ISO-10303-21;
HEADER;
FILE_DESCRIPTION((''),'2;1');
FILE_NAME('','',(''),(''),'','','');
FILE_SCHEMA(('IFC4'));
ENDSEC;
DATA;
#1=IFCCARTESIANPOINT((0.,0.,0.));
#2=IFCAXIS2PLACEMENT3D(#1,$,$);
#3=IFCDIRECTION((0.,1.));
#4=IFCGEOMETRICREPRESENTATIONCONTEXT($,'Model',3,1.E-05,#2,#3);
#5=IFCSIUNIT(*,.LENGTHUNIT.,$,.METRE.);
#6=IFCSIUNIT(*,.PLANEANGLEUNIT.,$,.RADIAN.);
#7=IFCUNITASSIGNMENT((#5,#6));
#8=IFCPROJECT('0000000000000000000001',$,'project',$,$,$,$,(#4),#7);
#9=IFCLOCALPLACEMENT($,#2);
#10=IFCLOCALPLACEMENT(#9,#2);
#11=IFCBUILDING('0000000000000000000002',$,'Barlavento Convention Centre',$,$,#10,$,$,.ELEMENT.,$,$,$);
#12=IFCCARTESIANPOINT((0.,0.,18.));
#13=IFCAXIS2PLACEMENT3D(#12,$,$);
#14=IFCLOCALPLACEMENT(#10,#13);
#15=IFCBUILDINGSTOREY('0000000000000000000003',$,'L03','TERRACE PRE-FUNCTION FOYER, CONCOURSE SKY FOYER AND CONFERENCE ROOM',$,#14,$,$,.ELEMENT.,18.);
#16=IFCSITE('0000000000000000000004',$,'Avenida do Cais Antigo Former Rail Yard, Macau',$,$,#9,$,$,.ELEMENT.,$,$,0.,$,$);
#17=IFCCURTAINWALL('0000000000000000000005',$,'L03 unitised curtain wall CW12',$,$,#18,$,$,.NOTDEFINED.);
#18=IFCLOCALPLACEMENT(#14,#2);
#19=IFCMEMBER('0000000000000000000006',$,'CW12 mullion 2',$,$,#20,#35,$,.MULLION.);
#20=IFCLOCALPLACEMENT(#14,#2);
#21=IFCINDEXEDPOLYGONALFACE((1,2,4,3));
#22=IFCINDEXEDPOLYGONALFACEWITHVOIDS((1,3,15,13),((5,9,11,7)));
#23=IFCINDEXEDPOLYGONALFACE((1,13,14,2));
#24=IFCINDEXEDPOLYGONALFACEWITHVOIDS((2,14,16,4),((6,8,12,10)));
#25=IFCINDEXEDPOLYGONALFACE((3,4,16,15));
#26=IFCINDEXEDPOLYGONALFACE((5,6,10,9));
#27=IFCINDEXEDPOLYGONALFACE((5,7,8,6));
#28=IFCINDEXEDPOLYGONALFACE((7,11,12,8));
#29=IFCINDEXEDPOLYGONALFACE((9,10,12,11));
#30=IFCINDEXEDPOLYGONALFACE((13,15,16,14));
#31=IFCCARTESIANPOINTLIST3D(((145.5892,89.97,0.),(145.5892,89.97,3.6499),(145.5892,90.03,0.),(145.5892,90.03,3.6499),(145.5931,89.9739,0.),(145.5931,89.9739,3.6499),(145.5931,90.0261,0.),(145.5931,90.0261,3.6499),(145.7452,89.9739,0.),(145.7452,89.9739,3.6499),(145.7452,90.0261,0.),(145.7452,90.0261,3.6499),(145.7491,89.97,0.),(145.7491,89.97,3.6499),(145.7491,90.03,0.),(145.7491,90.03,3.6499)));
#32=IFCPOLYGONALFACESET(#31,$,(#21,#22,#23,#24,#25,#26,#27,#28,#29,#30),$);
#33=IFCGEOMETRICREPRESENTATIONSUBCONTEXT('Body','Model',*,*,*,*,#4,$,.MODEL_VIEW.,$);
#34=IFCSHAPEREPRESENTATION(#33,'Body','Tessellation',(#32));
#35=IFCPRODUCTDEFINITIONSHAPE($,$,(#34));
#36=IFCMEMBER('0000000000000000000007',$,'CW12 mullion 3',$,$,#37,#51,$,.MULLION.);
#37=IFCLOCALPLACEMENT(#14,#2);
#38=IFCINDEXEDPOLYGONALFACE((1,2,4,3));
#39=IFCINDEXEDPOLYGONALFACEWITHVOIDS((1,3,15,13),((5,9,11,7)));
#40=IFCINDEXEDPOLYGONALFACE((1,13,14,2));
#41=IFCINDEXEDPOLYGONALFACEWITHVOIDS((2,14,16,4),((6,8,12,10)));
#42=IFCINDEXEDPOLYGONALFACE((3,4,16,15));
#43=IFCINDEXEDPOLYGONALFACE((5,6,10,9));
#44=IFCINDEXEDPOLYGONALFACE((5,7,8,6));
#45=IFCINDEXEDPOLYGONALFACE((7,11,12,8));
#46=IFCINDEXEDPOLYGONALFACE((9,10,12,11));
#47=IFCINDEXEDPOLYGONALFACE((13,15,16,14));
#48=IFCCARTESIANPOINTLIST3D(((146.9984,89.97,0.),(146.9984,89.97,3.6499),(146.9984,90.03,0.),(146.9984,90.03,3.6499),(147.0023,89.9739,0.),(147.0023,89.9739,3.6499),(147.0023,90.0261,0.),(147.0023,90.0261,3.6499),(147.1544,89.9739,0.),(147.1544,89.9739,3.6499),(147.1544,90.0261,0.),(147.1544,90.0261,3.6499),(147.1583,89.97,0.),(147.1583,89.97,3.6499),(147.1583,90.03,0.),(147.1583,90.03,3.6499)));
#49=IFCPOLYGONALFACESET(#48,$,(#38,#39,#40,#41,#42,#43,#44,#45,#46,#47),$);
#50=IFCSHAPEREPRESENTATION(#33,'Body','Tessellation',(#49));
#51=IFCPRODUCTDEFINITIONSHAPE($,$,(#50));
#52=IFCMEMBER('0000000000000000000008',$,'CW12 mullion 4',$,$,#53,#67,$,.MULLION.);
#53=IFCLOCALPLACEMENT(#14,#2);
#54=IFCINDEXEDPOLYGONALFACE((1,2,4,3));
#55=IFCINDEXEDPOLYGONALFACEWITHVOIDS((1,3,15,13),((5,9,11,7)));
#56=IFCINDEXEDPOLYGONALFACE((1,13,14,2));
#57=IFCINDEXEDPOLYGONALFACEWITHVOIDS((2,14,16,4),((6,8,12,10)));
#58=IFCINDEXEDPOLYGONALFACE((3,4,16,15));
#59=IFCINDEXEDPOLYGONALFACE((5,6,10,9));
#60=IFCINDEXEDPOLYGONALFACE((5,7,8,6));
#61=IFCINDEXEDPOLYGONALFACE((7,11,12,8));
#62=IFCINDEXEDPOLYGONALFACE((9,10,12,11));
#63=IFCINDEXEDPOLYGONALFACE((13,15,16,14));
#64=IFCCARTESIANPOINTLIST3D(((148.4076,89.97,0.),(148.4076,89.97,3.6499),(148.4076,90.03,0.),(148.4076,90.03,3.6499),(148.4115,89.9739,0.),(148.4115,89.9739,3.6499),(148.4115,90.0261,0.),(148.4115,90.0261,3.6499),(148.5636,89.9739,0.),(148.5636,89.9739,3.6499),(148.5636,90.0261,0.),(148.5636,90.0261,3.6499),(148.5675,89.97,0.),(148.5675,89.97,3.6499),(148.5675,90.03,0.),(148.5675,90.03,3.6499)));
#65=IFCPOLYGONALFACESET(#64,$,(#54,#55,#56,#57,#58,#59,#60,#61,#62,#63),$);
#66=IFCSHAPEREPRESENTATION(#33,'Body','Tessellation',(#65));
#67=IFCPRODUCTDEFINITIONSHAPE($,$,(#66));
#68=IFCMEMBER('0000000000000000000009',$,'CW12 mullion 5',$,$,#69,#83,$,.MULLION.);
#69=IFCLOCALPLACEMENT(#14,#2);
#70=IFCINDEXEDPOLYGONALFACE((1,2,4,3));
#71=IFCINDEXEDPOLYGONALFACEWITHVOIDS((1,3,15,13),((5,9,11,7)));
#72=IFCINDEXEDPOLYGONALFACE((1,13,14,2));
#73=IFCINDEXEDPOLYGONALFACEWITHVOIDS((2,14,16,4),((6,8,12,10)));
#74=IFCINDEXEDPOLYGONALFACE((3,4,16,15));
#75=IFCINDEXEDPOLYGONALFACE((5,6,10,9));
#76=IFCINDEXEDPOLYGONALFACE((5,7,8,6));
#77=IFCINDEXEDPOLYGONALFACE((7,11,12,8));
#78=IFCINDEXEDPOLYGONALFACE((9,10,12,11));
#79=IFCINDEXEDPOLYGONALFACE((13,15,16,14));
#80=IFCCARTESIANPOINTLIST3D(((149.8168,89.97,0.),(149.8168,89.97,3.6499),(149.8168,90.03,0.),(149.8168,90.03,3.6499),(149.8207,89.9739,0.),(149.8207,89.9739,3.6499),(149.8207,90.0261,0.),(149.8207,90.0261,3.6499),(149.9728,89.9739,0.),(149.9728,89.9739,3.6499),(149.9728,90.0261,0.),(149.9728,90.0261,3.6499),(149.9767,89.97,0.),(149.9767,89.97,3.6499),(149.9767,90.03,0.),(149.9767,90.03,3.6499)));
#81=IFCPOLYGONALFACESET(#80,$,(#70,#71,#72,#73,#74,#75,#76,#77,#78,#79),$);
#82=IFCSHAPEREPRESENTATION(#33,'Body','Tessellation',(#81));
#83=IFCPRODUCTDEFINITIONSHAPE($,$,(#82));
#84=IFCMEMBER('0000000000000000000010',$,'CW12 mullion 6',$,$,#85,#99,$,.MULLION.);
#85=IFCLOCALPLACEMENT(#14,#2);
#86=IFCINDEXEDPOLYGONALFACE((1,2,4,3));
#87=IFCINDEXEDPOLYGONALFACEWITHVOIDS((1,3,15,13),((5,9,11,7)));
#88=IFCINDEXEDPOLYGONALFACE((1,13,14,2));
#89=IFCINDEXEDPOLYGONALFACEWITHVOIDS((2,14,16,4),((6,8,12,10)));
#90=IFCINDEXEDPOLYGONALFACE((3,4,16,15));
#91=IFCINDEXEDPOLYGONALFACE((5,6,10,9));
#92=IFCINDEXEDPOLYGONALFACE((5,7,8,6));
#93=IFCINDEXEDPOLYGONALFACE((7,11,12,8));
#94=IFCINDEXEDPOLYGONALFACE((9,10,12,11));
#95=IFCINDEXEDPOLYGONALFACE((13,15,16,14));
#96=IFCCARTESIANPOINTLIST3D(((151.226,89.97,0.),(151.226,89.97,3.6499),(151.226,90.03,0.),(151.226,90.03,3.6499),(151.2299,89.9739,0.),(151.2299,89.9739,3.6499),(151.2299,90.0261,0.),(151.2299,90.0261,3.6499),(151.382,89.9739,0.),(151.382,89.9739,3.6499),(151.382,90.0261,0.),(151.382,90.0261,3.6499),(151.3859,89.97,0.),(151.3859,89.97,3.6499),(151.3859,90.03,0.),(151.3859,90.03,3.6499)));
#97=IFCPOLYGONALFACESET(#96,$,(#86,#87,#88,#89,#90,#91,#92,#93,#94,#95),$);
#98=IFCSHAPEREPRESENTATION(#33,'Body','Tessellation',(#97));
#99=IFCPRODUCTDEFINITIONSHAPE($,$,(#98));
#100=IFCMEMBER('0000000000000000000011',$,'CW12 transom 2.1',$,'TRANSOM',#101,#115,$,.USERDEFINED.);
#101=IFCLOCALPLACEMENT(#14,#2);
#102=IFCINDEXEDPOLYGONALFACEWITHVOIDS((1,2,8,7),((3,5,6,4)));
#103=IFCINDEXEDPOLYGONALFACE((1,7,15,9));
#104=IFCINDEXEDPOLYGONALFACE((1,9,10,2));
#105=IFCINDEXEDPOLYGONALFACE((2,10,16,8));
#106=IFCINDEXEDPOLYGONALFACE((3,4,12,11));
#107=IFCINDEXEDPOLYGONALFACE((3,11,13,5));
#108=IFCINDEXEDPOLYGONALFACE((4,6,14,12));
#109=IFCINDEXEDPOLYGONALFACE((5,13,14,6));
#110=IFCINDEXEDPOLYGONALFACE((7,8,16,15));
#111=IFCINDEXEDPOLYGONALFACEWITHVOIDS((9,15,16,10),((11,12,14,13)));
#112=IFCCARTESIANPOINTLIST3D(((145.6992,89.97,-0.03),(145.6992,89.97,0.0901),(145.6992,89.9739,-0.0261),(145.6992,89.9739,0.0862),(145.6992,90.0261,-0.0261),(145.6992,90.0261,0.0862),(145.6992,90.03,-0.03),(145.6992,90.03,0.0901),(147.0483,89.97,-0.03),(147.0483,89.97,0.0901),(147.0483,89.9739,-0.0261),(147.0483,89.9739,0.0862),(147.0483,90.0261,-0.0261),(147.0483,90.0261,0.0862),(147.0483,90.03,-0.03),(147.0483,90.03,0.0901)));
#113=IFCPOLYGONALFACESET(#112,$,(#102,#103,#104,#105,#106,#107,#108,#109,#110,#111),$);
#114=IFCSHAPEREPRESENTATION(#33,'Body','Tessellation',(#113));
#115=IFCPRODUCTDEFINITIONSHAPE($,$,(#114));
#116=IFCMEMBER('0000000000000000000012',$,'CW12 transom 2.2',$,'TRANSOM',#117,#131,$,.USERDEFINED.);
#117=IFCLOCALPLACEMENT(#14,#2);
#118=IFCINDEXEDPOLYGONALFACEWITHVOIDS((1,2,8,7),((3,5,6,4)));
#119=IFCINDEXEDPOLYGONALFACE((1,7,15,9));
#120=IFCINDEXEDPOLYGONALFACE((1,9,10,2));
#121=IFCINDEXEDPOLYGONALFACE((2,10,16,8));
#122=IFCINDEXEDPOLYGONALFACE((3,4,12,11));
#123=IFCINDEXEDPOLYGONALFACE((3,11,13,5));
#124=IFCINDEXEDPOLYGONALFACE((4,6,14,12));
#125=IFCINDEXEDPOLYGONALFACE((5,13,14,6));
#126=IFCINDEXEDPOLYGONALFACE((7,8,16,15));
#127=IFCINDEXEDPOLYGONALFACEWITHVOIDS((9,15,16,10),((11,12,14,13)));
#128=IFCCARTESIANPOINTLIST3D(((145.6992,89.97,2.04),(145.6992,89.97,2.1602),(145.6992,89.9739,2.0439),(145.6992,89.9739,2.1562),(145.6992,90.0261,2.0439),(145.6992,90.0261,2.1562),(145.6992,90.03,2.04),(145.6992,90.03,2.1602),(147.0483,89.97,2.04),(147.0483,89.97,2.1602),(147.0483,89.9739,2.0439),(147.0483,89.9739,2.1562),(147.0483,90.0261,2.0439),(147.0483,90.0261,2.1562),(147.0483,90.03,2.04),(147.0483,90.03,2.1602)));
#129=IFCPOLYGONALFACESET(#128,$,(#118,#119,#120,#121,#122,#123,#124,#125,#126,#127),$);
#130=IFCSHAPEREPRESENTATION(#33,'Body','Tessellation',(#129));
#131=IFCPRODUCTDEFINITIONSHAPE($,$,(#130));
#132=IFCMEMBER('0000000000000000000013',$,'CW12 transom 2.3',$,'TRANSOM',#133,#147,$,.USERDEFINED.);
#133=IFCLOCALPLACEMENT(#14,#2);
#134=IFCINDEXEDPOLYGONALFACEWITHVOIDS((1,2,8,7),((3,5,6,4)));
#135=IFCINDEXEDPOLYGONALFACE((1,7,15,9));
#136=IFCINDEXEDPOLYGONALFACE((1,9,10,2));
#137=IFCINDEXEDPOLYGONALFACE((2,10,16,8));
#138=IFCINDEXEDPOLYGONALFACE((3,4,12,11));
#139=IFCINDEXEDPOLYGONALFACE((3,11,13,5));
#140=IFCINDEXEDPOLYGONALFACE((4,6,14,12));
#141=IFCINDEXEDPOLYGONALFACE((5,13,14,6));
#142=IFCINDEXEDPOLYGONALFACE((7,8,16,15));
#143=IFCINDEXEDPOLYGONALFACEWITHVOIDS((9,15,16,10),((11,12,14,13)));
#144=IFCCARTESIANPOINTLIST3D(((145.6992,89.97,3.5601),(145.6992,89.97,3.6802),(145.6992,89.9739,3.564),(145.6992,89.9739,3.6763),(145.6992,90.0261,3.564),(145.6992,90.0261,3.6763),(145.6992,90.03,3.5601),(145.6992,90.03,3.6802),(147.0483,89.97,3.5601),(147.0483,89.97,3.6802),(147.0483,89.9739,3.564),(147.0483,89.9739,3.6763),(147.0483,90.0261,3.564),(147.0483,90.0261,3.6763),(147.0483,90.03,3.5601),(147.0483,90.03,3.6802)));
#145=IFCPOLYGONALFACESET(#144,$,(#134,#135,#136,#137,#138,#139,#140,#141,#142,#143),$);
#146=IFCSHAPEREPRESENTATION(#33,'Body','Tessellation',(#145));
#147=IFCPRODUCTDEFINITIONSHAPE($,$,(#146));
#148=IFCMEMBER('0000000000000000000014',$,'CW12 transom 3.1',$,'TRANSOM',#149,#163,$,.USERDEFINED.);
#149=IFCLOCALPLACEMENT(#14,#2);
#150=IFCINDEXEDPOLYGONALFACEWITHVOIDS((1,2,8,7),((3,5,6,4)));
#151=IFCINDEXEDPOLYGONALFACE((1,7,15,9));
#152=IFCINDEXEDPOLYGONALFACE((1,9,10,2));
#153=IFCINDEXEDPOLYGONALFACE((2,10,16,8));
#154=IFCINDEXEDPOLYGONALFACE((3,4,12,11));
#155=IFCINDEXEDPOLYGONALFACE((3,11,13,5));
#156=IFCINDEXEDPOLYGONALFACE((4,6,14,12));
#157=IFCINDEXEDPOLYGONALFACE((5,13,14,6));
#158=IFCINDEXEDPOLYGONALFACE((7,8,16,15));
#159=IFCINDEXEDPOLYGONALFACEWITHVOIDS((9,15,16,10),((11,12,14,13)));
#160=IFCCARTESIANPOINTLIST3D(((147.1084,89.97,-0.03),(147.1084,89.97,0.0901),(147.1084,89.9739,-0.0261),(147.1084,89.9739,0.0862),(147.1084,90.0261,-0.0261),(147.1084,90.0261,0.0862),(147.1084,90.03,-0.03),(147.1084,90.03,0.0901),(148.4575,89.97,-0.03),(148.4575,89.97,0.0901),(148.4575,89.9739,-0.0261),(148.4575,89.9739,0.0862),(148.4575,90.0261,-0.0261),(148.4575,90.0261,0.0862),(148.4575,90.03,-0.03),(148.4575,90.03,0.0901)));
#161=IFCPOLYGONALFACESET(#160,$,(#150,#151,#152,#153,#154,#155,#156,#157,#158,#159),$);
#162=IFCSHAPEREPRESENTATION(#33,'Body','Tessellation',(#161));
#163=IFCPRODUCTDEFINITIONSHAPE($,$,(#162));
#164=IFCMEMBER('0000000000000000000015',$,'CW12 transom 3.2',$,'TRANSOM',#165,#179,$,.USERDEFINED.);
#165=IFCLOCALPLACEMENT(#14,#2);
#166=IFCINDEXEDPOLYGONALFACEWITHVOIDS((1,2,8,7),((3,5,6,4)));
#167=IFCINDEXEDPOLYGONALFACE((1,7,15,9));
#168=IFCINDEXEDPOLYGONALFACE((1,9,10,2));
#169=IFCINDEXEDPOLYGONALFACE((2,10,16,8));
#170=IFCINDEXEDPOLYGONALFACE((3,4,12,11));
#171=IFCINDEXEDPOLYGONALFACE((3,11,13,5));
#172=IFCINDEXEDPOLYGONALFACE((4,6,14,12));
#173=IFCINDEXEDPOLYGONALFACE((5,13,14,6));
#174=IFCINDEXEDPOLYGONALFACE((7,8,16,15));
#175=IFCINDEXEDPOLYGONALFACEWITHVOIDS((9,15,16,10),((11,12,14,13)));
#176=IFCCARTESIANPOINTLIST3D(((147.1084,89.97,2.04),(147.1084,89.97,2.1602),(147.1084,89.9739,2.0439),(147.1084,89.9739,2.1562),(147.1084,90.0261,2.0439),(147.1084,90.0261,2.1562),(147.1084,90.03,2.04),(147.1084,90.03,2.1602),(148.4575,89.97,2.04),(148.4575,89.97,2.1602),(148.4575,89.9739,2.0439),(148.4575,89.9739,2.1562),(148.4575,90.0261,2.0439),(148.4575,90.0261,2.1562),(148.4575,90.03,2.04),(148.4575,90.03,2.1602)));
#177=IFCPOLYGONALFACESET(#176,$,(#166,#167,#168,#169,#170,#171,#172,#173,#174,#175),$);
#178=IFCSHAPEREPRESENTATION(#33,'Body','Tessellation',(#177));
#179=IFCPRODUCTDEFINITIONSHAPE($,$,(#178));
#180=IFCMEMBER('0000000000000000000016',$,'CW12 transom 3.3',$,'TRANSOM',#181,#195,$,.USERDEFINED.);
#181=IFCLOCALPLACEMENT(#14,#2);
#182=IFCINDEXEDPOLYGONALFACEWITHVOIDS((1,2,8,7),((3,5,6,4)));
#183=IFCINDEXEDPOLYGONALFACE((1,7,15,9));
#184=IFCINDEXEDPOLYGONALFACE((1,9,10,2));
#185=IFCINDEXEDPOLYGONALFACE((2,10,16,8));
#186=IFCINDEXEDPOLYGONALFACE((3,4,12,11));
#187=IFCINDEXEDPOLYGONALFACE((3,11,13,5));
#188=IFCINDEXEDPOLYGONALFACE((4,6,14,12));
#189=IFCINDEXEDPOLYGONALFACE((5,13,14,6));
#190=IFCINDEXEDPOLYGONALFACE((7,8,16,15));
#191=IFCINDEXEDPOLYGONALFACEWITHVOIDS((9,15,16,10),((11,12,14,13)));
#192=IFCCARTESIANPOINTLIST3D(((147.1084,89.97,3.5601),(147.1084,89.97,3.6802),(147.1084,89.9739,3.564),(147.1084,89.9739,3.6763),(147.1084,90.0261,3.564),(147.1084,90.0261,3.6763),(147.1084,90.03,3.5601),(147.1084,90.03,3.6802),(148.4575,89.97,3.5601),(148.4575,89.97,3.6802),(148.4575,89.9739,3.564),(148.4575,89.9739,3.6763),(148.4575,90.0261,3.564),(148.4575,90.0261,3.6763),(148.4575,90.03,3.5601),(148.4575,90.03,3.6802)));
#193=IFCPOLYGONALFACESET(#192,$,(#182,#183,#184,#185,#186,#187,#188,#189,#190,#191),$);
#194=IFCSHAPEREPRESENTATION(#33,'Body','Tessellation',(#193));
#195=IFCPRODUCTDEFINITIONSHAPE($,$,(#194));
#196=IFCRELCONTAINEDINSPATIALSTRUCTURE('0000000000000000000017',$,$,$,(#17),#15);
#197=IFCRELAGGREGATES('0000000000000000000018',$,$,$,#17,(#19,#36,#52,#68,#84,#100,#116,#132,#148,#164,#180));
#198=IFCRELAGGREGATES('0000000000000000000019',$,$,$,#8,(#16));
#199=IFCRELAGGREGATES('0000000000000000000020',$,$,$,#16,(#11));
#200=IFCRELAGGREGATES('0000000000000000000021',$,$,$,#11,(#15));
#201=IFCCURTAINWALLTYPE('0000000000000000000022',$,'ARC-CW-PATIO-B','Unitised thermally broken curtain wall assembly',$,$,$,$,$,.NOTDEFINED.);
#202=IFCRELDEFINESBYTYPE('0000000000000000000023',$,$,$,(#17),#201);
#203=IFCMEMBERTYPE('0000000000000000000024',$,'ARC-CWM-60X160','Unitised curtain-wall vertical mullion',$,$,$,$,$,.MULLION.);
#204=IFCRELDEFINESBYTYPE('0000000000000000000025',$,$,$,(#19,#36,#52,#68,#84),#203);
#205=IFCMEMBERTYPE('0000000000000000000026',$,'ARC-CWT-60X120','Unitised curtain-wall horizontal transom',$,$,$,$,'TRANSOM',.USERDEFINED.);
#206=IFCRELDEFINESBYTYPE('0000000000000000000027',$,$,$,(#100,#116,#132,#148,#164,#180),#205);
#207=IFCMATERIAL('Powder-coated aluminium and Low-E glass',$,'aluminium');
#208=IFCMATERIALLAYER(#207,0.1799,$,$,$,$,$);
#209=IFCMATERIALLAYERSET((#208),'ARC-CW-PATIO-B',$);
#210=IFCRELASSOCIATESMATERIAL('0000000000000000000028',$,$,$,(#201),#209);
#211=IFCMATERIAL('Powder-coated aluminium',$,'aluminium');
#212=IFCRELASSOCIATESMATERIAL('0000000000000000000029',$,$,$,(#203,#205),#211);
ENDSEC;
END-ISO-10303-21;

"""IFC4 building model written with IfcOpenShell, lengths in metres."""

from ifc_helpers import new_model, si_unit, direction, frame, origin, origin_2d, place, context, subcontext, project, spatial, hollow_rectangle, extrude, material, layer, layer_set, material_profile, profile_set, type_object, element, aggregate, save


model = new_model("IFC4")

# Units and contexts
model_context = context("Model", 3, precision=1e-05, world=origin(), true_north=direction((0.0, 1.0)))
body_context = subcontext(model_context, "Body", "Model", "MODEL_VIEW")
ifc_project = project(units=[si_unit("LENGTHUNIT", "METRE"), si_unit("PLANEANGLEUNIT", "RADIAN")], contexts=[model_context])

# Site, building, storey
site_placement = place(None, origin())
site = spatial("IfcSite", under=ifc_project, at=site_placement, Name="Avenida do Cais Antigo Former Rail Yard, Macau", CompositionType="ELEMENT", RefElevation=0.0)
building_placement = place(site_placement, origin())
building = spatial("IfcBuilding", under=site, at=building_placement, Name="Barlavento Convention Centre", CompositionType="ELEMENT")
storey_placement = place(building_placement, frame((0.0, 0.0, 18.0)))
storey = spatial("IfcBuildingStorey", under=building, at=storey_placement, Name="L03", Description="TERRACE PRE-FUNCTION FOYER, CONCOURSE SKY FOYER AND CONFERENCE ROOM", CompositionType="ELEMENT", Elevation=18.0)

# Curtain wall, members
ifc_material_1 = material(Name="Powder-coated aluminium and Low-E glass", Category="aluminium")
ifc_layer_1 = layer(ifc_material_1, 0.1799)
ifc_layer_set_1 = layer_set([ifc_layer_1], Name="ARC-CW-PATIO-B")
curtain_wall_type = type_object("IfcCurtainWallType", Name="ARC-CW-PATIO-B", Description="Unitised thermally broken curtain wall assembly", PredefinedType="NOTDEFINED", material=ifc_layer_set_1)
curtain_wall_placement = place(storey_placement, origin())
curtain_wall = element("IfcCurtainWall", 1, at=curtain_wall_placement, inside=storey, type_object=curtain_wall_type, Name="L03 unitised curtain wall CW12", PredefinedType="NOTDEFINED")
ifc_material_2 = material(Name="Powder-coated aluminium", Category="aluminium")
ifc_material_profile_1 = material_profile(ifc_material_2, hollow_rectangle(XDim=0.0601, YDim=0.1599, WallThickness=0.0039, at=origin_2d()), Name="AL-MULL 60x160x4")
ifc_profile_set_1 = profile_set([ifc_material_profile_1], Name="Powder-coated aluminium")
member_type_1 = type_object("IfcMemberType", Name="ARC-CWM-60X160", Description="Unitised curtain-wall vertical mullion", PredefinedType="MULLION", material=ifc_profile_set_1)
member_1_placement = place(storey_placement, frame((145.6692, 90.0, 0.0), z_axis=(0.0, 0.0, 1.0), x_axis=(0.0, 1.0, 0.0)))
member_1 = element("IfcMember", 2, at=member_1_placement, type_object=member_type_1, Name="CW12 mullion 2", PredefinedType="MULLION", context=body_context, shape_type="SweptSolid", body=[
    extrude(hollow_rectangle(XDim=0.0601, YDim=0.1599, WallThickness=0.0039, at=origin_2d()), origin(), (0.0, 0.0, 1.0), 3.6499),
])
member_2_placement = place(storey_placement, frame((147.0784, 90.0, 0.0), z_axis=(0.0, 0.0, 1.0), x_axis=(0.0, 1.0, 0.0)))
member_2 = element("IfcMember", 3, at=member_2_placement, type_object=member_type_1, Name="CW12 mullion 3", PredefinedType="MULLION", context=body_context, shape_type="SweptSolid", body=[
    extrude(hollow_rectangle(XDim=0.0601, YDim=0.1599, WallThickness=0.0039, at=origin_2d()), origin(), (0.0, 0.0, 1.0), 3.6499),
])
member_3_placement = place(storey_placement, frame((148.4875, 90.0, 0.0), z_axis=(0.0, 0.0, 1.0), x_axis=(0.0, 1.0, 0.0)))
member_3 = element("IfcMember", 4, at=member_3_placement, type_object=member_type_1, Name="CW12 mullion 4", PredefinedType="MULLION", context=body_context, shape_type="SweptSolid", body=[
    extrude(hollow_rectangle(XDim=0.0601, YDim=0.1599, WallThickness=0.0039, at=origin_2d()), origin(), (0.0, 0.0, 1.0), 3.6499),
])
member_4_placement = place(storey_placement, frame((149.8967, 90.0, 0.0), z_axis=(0.0, 0.0, 1.0), x_axis=(0.0, 1.0, 0.0)))
member_4 = element("IfcMember", 5, at=member_4_placement, type_object=member_type_1, Name="CW12 mullion 5", PredefinedType="MULLION", context=body_context, shape_type="SweptSolid", body=[
    extrude(hollow_rectangle(XDim=0.0601, YDim=0.1599, WallThickness=0.0039, at=origin_2d()), origin(), (0.0, 0.0, 1.0), 3.6499),
])
member_5_placement = place(storey_placement, frame((151.3059, 90.0, 0.0), z_axis=(0.0, 0.0, 1.0), x_axis=(0.0, 1.0, 0.0)))
member_5 = element("IfcMember", 6, at=member_5_placement, type_object=member_type_1, Name="CW12 mullion 6", PredefinedType="MULLION", context=body_context, shape_type="SweptSolid", body=[
    extrude(hollow_rectangle(XDim=0.0601, YDim=0.1599, WallThickness=0.0039, at=origin_2d()), origin(), (0.0, 0.0, 1.0), 3.6499),
])
ifc_material_profile_2 = material_profile(ifc_material_2, hollow_rectangle(XDim=0.0601, YDim=0.1201, WallThickness=0.0039, at=origin_2d()), Name="AL-TRAN 60x120x4")
ifc_profile_set_2 = profile_set([ifc_material_profile_2], Name="Powder-coated aluminium")
member_type_2 = type_object("IfcMemberType", Name="ARC-CWT-60X120", Description="Unitised curtain-wall horizontal transom", ElementType="TRANSOM", PredefinedType="USERDEFINED", material=ifc_profile_set_2)
member_6_placement = place(storey_placement, frame((145.6992, 90.0, 0.03), z_axis=(1.0, 0.0, 0.0), x_axis=(0.0, 1.0, 0.0)))
member_6 = element("IfcMember", 7, at=member_6_placement, type_object=member_type_2, Name="CW12 transom 2.1", ObjectType="TRANSOM", PredefinedType="USERDEFINED", context=body_context, shape_type="SweptSolid", body=[
    extrude(hollow_rectangle(XDim=0.0601, YDim=0.1201, WallThickness=0.0039, at=origin_2d()), origin(), (0.0, 0.0, 1.0), 1.3491),
])
member_7_placement = place(storey_placement, frame((145.6992, 90.0, 2.1001), z_axis=(1.0, 0.0, 0.0), x_axis=(0.0, 1.0, 0.0)))
member_7 = element("IfcMember", 8, at=member_7_placement, type_object=member_type_2, Name="CW12 transom 2.2", ObjectType="TRANSOM", PredefinedType="USERDEFINED", context=body_context, shape_type="SweptSolid", body=[
    extrude(hollow_rectangle(XDim=0.0601, YDim=0.1201, WallThickness=0.0039, at=origin_2d()), origin(), (0.0, 0.0, 1.0), 1.3491),
])
member_8_placement = place(storey_placement, frame((145.6992, 90.0, 3.6201), z_axis=(1.0, 0.0, 0.0), x_axis=(0.0, 1.0, 0.0)))
member_8 = element("IfcMember", 9, at=member_8_placement, type_object=member_type_2, Name="CW12 transom 2.3", ObjectType="TRANSOM", PredefinedType="USERDEFINED", context=body_context, shape_type="SweptSolid", body=[
    extrude(hollow_rectangle(XDim=0.0601, YDim=0.1201, WallThickness=0.0039, at=origin_2d()), origin(), (0.0, 0.0, 1.0), 1.3491),
])
member_9_placement = place(storey_placement, frame((147.1084, 90.0, 0.03), z_axis=(1.0, 0.0, 0.0), x_axis=(0.0, 1.0, 0.0)))
member_9 = element("IfcMember", 10, at=member_9_placement, type_object=member_type_2, Name="CW12 transom 3.1", ObjectType="TRANSOM", PredefinedType="USERDEFINED", context=body_context, shape_type="SweptSolid", body=[
    extrude(hollow_rectangle(XDim=0.0601, YDim=0.1201, WallThickness=0.0039, at=origin_2d()), origin(), (0.0, 0.0, 1.0), 1.3491),
])
member_10_placement = place(storey_placement, frame((147.1084, 90.0, 2.1001), z_axis=(1.0, 0.0, 0.0), x_axis=(0.0, 1.0, 0.0)))
member_10 = element("IfcMember", 11, at=member_10_placement, type_object=member_type_2, Name="CW12 transom 3.2", ObjectType="TRANSOM", PredefinedType="USERDEFINED", context=body_context, shape_type="SweptSolid", body=[
    extrude(hollow_rectangle(XDim=0.0601, YDim=0.1201, WallThickness=0.0039, at=origin_2d()), origin(), (0.0, 0.0, 1.0), 1.3491),
])
member_11_placement = place(storey_placement, frame((147.1084, 90.0, 3.6201), z_axis=(1.0, 0.0, 0.0), x_axis=(0.0, 1.0, 0.0)))
member_11 = element("IfcMember", 12, at=member_11_placement, type_object=member_type_2, Name="CW12 transom 3.3", ObjectType="TRANSOM", PredefinedType="USERDEFINED", context=body_context, shape_type="SweptSolid", body=[
    extrude(hollow_rectangle(XDim=0.0601, YDim=0.1201, WallThickness=0.0039, at=origin_2d()), origin(), (0.0, 0.0, 1.0), 1.3491),
])
aggregate(curtain_wall, [member_1, member_2, member_3, member_4, member_5, member_6, member_7, member_8, member_9, member_10, member_11])

save(model, "model.ifc")
